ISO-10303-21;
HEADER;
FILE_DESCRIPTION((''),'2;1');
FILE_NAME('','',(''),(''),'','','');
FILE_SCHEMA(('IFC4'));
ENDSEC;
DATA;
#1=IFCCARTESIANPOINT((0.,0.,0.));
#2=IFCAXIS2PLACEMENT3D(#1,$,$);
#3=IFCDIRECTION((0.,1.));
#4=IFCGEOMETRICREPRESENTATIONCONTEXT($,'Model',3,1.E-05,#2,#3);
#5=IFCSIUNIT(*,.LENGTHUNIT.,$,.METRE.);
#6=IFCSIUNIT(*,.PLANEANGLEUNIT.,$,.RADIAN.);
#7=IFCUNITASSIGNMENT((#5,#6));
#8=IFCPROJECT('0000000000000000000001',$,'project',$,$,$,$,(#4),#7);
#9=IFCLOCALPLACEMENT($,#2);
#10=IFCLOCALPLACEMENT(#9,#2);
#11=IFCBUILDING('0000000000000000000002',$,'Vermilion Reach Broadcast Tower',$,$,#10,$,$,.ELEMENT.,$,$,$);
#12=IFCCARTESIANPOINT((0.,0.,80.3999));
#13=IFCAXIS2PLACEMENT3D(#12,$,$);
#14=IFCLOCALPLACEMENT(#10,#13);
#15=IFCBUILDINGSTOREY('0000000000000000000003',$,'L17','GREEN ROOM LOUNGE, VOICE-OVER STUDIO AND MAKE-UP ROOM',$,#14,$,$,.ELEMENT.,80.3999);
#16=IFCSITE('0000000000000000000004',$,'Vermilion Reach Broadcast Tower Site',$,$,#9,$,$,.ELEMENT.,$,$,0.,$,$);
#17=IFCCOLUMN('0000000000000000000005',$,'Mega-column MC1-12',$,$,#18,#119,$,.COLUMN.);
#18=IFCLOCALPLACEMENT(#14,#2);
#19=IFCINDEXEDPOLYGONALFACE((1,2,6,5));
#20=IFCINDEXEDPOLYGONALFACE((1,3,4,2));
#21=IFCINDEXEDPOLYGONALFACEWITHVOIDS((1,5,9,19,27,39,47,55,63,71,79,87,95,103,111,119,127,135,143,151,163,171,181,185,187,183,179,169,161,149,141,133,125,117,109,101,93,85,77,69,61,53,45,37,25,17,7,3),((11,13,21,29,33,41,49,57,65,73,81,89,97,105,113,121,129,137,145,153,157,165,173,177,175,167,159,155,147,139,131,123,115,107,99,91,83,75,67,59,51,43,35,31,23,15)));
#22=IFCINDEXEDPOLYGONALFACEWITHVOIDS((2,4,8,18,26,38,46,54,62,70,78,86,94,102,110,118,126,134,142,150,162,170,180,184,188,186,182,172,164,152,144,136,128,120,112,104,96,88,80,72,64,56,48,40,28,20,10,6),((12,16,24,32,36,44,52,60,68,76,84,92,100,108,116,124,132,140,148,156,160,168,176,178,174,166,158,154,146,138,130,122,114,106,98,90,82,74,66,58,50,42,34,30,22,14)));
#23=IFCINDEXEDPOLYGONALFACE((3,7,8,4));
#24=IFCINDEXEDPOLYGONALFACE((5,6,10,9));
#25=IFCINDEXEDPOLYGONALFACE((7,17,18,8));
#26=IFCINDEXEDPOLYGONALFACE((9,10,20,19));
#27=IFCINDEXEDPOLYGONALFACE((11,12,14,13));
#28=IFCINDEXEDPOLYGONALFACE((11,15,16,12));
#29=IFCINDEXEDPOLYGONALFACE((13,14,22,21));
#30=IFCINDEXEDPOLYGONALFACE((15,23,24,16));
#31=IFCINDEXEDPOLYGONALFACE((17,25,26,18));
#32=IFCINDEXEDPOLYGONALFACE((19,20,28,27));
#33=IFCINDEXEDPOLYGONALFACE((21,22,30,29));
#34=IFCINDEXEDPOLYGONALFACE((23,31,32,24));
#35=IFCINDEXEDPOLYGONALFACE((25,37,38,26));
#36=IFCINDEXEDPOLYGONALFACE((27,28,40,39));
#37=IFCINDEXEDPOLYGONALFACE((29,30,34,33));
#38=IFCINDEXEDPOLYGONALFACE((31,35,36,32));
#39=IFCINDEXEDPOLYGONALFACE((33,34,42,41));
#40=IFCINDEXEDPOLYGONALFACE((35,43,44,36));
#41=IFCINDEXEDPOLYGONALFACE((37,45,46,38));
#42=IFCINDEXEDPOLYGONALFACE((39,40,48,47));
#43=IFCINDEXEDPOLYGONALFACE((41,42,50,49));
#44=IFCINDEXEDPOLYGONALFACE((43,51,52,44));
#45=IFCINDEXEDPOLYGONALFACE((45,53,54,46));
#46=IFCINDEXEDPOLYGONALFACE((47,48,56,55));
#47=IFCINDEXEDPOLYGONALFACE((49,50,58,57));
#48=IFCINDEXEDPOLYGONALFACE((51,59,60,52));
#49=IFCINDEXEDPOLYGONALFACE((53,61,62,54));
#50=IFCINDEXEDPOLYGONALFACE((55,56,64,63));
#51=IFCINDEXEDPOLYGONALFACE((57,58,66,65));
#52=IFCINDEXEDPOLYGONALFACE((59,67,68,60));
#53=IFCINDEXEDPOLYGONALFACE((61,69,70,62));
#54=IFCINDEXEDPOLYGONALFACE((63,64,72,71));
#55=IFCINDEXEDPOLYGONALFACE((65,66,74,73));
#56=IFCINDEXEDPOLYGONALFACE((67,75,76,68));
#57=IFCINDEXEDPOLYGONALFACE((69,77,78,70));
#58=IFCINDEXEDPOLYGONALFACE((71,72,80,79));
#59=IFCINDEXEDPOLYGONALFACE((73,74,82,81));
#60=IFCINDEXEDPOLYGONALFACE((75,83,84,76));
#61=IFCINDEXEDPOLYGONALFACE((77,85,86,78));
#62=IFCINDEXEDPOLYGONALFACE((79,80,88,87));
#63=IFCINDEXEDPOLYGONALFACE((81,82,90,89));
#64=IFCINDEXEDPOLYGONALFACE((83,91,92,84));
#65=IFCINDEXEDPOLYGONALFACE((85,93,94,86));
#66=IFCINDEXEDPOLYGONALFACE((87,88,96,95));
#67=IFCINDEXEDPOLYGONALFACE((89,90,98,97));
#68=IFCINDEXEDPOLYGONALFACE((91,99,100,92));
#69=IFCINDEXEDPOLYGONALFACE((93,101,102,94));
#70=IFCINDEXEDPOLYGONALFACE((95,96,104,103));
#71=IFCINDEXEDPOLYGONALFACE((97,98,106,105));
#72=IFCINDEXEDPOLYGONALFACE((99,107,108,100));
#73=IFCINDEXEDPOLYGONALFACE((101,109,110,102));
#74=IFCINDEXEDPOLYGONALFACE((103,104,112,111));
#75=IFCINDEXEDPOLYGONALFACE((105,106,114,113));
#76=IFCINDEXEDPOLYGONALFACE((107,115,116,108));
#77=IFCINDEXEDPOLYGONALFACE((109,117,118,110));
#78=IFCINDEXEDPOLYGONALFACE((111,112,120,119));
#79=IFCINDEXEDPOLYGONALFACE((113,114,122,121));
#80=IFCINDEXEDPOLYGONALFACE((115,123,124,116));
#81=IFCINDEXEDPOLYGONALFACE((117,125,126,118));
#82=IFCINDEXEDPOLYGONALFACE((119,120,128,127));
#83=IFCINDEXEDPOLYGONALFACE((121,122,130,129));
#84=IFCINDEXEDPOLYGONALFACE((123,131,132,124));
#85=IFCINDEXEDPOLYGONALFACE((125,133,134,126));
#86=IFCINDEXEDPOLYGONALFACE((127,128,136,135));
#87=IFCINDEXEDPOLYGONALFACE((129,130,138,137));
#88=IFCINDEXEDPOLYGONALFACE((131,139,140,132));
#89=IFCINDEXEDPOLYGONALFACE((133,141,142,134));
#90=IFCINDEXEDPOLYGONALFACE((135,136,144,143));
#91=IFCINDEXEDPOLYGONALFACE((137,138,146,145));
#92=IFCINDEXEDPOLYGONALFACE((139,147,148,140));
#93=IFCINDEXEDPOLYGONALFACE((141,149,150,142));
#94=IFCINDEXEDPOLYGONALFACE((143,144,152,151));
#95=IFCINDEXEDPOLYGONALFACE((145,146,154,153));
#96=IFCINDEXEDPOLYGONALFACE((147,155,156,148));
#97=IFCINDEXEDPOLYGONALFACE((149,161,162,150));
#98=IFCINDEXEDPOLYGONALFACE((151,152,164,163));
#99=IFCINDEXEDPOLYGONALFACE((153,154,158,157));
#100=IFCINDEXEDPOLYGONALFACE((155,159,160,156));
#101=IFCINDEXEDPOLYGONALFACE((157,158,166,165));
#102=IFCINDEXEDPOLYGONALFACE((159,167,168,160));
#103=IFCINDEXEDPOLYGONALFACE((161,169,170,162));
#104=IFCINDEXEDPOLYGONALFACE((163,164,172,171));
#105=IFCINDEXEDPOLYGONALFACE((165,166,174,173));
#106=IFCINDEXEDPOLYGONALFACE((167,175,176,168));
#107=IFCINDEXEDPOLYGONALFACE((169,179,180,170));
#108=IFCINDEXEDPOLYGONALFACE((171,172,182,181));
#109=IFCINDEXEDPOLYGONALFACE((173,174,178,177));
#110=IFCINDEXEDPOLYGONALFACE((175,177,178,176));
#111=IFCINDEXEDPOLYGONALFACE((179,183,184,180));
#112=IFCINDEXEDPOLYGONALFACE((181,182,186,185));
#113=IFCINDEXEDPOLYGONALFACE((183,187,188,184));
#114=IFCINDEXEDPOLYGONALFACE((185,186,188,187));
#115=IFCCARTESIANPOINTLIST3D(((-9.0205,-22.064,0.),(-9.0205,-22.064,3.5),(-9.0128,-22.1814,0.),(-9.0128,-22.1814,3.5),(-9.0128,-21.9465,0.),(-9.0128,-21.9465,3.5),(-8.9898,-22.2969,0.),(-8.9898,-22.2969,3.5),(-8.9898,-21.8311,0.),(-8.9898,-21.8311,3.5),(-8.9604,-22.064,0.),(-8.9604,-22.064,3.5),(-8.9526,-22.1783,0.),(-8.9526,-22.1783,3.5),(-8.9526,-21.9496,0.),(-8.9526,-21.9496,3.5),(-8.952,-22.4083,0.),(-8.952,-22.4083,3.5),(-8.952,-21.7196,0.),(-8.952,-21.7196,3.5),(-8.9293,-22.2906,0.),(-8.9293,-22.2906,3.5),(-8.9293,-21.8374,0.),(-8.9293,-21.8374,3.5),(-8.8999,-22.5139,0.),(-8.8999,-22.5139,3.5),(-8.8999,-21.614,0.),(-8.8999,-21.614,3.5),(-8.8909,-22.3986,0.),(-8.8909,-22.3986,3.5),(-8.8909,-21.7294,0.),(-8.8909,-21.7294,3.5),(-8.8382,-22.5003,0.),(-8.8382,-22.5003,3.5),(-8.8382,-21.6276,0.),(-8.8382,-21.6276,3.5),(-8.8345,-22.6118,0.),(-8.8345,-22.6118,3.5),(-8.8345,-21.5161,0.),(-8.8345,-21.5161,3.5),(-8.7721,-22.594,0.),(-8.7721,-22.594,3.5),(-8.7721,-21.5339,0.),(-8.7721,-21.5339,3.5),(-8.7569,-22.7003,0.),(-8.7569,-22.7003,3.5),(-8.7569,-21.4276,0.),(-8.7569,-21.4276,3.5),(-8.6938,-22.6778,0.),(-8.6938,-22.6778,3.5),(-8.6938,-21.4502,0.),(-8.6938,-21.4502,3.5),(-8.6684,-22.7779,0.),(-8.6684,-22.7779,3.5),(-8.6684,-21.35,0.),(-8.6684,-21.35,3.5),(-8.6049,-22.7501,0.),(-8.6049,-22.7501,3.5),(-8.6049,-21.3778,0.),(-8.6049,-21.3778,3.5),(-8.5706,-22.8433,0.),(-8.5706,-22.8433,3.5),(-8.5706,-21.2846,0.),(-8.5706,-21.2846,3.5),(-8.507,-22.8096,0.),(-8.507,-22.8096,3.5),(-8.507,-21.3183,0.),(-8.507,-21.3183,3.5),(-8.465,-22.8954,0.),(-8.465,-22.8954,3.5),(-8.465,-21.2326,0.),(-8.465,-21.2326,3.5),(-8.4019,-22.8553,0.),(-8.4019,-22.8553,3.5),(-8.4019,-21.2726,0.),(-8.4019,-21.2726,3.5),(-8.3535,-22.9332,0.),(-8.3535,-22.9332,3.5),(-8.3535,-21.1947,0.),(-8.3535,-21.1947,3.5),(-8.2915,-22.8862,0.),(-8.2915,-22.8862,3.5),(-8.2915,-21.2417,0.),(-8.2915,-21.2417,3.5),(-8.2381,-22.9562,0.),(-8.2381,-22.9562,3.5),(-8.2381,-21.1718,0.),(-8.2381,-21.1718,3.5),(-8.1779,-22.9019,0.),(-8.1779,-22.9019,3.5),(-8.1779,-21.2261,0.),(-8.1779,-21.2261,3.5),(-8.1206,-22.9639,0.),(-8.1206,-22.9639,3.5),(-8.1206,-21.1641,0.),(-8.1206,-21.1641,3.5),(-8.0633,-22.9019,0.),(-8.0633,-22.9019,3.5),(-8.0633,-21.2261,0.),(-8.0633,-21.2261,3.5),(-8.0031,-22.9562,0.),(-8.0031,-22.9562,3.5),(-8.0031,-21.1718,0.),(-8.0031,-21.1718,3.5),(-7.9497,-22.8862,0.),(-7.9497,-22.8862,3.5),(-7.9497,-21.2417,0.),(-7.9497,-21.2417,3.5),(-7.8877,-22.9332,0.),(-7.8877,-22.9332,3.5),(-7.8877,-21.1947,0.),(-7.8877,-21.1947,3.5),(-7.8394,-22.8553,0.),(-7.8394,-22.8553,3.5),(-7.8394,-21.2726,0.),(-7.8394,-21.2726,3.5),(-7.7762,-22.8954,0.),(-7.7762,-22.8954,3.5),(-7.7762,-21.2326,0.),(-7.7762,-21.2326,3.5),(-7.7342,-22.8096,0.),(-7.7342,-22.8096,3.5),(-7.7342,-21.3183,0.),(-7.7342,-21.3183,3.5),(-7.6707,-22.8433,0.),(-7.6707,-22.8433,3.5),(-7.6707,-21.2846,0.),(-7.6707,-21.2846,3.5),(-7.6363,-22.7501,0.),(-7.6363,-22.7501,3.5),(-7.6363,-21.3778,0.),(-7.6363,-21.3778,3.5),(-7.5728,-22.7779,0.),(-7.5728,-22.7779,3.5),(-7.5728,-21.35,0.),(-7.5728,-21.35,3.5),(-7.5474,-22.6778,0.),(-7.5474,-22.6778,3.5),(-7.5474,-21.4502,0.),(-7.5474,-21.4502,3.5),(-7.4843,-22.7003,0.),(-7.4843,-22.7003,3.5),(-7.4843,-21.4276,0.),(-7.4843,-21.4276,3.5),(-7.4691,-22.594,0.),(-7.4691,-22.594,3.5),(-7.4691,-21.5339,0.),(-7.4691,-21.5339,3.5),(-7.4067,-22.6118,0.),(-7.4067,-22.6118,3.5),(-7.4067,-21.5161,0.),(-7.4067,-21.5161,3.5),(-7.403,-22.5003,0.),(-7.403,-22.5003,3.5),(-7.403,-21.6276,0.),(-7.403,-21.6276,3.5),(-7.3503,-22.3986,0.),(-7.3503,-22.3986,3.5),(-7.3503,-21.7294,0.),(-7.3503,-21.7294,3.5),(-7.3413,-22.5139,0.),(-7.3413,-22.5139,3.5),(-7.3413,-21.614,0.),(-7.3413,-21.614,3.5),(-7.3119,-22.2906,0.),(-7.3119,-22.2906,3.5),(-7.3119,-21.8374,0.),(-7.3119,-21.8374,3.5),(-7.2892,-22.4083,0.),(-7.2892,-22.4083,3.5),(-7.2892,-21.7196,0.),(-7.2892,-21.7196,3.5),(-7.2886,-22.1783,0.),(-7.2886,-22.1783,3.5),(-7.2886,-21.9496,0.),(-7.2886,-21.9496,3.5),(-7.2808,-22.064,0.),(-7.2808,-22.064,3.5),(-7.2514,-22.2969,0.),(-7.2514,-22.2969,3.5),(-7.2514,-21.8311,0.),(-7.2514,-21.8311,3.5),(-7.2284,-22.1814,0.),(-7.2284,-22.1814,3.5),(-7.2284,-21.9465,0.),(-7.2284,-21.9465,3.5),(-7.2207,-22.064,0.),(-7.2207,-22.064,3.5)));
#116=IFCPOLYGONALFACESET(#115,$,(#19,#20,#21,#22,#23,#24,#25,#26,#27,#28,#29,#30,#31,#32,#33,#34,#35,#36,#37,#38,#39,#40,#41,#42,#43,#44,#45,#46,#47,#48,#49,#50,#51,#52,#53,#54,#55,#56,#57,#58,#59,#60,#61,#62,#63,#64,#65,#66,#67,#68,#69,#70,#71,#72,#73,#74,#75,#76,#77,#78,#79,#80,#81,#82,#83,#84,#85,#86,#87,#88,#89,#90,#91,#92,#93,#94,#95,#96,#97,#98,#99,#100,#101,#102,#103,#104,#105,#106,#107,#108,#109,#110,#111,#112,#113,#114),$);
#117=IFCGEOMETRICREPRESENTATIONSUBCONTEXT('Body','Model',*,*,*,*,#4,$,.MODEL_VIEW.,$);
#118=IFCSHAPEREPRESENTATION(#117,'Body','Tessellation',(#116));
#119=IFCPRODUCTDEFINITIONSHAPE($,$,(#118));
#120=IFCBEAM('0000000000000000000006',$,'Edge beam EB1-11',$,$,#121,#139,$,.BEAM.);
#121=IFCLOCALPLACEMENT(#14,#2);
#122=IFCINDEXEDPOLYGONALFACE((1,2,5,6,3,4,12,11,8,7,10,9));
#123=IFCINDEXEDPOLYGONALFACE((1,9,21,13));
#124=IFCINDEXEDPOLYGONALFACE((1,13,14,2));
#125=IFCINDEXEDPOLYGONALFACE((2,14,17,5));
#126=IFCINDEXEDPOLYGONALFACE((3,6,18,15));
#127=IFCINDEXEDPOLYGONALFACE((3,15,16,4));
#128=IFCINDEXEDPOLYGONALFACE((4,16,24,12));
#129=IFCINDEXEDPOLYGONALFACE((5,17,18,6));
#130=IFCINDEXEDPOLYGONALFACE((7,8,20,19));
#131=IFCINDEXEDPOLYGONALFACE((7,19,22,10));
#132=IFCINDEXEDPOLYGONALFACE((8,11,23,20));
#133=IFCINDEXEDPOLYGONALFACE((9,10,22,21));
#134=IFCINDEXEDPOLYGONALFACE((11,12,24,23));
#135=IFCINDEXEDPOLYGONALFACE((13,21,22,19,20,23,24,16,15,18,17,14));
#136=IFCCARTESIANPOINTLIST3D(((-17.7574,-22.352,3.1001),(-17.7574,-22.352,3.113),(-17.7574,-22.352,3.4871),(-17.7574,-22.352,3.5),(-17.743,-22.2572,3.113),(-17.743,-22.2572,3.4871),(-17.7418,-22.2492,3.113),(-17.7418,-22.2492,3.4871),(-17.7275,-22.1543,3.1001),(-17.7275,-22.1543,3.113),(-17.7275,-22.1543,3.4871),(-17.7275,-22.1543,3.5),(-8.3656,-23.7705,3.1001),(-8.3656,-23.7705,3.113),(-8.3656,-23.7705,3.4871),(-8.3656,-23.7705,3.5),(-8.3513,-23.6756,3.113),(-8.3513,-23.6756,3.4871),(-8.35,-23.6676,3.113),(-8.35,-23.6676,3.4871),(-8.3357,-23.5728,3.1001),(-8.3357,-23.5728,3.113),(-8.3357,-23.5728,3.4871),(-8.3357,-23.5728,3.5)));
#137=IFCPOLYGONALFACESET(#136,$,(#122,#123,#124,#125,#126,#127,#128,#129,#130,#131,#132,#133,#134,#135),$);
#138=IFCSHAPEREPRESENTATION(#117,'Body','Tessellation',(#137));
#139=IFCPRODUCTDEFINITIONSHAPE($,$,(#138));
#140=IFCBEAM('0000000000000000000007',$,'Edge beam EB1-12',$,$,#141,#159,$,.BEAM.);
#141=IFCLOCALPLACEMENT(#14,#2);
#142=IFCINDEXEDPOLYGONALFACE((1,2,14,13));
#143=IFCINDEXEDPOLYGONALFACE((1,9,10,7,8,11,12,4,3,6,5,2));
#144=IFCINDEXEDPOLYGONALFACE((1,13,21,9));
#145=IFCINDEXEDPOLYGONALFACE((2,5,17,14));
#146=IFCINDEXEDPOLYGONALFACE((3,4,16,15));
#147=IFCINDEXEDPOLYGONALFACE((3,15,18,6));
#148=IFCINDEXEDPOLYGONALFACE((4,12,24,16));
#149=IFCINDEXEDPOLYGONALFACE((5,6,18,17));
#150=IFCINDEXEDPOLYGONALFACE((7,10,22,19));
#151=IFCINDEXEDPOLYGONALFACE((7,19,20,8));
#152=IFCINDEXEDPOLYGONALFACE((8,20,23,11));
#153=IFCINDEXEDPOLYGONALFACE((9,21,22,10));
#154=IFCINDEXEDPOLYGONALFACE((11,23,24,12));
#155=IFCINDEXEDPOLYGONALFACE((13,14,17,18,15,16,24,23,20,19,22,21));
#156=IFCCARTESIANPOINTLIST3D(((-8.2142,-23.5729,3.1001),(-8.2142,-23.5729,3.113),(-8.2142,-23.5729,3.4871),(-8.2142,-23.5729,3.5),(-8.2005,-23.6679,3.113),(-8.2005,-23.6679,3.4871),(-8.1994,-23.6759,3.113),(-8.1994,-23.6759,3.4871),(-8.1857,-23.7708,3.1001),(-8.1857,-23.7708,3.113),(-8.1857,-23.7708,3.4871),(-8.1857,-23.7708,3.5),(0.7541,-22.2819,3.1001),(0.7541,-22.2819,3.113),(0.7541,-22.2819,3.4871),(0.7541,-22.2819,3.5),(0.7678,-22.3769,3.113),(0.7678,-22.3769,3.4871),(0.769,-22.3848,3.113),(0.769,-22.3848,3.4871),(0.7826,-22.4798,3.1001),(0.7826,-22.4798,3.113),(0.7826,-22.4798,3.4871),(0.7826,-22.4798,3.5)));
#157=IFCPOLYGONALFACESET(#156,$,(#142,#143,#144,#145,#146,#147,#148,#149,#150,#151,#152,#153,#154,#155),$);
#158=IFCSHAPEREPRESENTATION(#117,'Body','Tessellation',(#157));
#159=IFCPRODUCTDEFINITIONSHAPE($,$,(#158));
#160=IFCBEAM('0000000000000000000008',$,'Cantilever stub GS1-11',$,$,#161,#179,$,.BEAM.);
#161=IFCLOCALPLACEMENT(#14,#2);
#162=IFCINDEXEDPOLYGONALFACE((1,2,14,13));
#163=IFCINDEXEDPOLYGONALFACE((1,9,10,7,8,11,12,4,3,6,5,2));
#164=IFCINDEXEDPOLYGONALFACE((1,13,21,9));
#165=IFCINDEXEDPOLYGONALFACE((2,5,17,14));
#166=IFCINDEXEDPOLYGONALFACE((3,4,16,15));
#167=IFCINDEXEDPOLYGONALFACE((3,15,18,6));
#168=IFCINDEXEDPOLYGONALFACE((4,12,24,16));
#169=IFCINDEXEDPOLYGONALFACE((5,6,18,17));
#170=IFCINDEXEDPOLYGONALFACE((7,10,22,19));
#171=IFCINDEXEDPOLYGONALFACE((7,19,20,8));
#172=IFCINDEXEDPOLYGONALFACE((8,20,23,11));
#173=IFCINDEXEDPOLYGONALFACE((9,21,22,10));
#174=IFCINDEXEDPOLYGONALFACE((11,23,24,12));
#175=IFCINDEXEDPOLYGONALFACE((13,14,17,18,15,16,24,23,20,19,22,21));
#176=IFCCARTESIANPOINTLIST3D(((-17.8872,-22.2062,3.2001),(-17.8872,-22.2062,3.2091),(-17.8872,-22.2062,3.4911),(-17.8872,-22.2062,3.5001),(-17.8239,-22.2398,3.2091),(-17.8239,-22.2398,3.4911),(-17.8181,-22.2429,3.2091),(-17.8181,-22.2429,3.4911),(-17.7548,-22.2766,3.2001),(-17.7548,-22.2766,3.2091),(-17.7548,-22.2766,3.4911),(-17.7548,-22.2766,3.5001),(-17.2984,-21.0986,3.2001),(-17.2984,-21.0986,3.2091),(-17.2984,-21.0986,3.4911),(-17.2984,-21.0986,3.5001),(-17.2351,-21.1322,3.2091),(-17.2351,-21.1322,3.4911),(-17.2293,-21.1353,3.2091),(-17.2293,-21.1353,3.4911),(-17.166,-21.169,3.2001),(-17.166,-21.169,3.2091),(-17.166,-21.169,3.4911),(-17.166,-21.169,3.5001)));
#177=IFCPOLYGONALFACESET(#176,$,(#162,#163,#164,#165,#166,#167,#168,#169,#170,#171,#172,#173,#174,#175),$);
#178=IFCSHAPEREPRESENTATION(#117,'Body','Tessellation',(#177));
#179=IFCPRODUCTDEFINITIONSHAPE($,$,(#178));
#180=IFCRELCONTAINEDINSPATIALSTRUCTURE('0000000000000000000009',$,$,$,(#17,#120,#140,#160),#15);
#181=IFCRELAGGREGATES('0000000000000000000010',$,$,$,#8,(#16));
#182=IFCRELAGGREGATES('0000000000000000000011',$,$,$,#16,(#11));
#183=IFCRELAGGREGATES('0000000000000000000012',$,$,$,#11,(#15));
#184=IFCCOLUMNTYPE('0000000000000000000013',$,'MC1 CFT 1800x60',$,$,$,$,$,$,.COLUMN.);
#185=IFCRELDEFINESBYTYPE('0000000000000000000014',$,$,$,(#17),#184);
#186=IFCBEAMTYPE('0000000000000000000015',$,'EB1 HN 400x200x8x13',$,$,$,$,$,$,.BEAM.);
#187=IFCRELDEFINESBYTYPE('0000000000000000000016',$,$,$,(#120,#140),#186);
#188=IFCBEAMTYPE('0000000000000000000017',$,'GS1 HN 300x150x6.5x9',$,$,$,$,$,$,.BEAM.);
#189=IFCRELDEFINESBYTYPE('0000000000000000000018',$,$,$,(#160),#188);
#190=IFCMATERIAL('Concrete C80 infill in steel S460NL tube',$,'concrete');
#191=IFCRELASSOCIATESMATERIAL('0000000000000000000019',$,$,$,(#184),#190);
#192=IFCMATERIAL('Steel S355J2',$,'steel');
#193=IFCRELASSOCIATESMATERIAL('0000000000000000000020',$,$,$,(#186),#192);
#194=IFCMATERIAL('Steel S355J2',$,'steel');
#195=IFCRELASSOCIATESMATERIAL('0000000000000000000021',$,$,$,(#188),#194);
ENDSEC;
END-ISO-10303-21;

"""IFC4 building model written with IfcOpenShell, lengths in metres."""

from ifc_helpers import new_model, si_unit, direction, frame, origin, origin_2d, place, context, subcontext, project, spatial, hollow_circle, i_section, extrude, material, material_profile, profile_set, type_object, element, save


model = new_model("IFC4")

# Units and contexts
model_context = context("Model", 3, precision=1e-05, world=origin(), true_north=direction((0.0, 1.0)))
body_context = subcontext(model_context, "Body", "Model", "MODEL_VIEW")
ifc_project = project(units=[si_unit("LENGTHUNIT", "METRE"), si_unit("PLANEANGLEUNIT", "RADIAN")], contexts=[model_context])

# Site, building, storey
site_placement = place(None, origin())
site = spatial("IfcSite", under=ifc_project, at=site_placement, Name="Vermilion Reach Broadcast Tower Site", CompositionType="ELEMENT", RefElevation=0.0)
building_placement = place(site_placement, origin())
building = spatial("IfcBuilding", under=site, at=building_placement, Name="Vermilion Reach Broadcast Tower", CompositionType="ELEMENT")
storey_placement = place(building_placement, frame((0.0, 0.0, 80.3999)))
storey = spatial("IfcBuildingStorey", under=building, at=storey_placement, Name="L17", Description="GREEN ROOM LOUNGE, VOICE-OVER STUDIO AND MAKE-UP ROOM", CompositionType="ELEMENT", Elevation=80.3999)

# Column
ifc_material_1 = material(Name="Concrete C80 infill in steel S460NL tube", Category="concrete")
ifc_material_profile_1 = material_profile(ifc_material_1, hollow_circle(Radius=0.8999, WallThickness=0.0601, at=origin_2d()), Name="Concrete C80 infill in steel S460NL tube CFT 1800x60")
ifc_profile_set_1 = profile_set([ifc_material_profile_1], Name="Concrete C80 infill in steel S460NL tube")
column_type = type_object("IfcColumnType", Name="MC1 CFT 1800x60", PredefinedType="COLUMN", material=ifc_profile_set_1)
for number, where, z_axis, x_axis, name in (
    (1, (-8.1206, -22.064, 0.0), (0.0, 0.0, 1.0), (1.0, 0.0, 0.0), "Mega-column MC1-12"),
):
    element("IfcColumn", number, at=place(storey_placement, frame(where, z_axis=z_axis, x_axis=x_axis)), inside=storey, type_object=column_type, Name=name, PredefinedType="COLUMN", context=body_context, shape_type="SweptSolid", body=[
        extrude(hollow_circle(Radius=0.8999, WallThickness=0.0601, at=origin_2d()), origin(), (0.0, 0.0, 1.0), 3.5),
    ])

# Beams
ifc_material_2 = material(Name="Steel S355J2", Category="steel")
ifc_material_profile_2 = material_profile(ifc_material_2, i_section(OverallWidth=0.2, OverallDepth=0.3999, WebThickness=0.0081, FlangeThickness=0.0129, at=origin_2d()), Name="S355J2 HN 400x200x8x13")
ifc_profile_set_2 = profile_set([ifc_material_profile_2], Name="Steel S355J2")
beam_type_1 = type_object("IfcBeamType", Name="EB1 HN 400x200x8x13", PredefinedType="BEAM", material=ifc_profile_set_2)
beam_1_placement = place(storey_placement, frame((-17.7424, -22.2532, 3.3), z_axis=(0.988786, -0.149337, 0.0), x_axis=(0.149337, 0.988786, 0.0)))
element("IfcBeam", 2, at=beam_1_placement, inside=storey, type_object=beam_type_1, Name="Edge beam EB1-11", PredefinedType="BEAM", context=body_context, shape_type="SweptSolid", body=[
    extrude(i_section(OverallWidth=0.2, OverallDepth=0.3999, WebThickness=0.0081, FlangeThickness=0.0129, at=origin_2d()), origin(), (0.0, 0.0, 1.0), 9.4983),
])
beam_2_placement = place(storey_placement, frame((-8.2, -23.6719, 3.3), z_axis=(0.989797, 0.142485, 0.0), x_axis=(-0.142485, 0.989797, 0.0)))
element("IfcBeam", 3, at=beam_2_placement, inside=storey, type_object=beam_type_1, Name="Edge beam EB1-12", PredefinedType="BEAM", context=body_context, shape_type="SweptSolid", body=[
    extrude(i_section(OverallWidth=0.2, OverallDepth=0.3999, WebThickness=0.0081, FlangeThickness=0.0129, at=origin_2d()), origin(), (0.0, 0.0, 1.0), 9.0608),
])
ifc_material_3 = material(Name="Steel S355J2", Category="steel")
ifc_material_profile_3 = material_profile(ifc_material_3, i_section(OverallWidth=0.1499, OverallDepth=0.3, WebThickness=0.0066, FlangeThickness=0.009, at=origin_2d()), Name="S355J2 HN 300x150x6.5x9")
ifc_profile_set_3 = profile_set([ifc_material_profile_3], Name="Steel S355J2")
beam_type_2 = type_object("IfcBeamType", Name="GS1 HN 300x150x6.5x9", PredefinedType="BEAM", material=ifc_profile_set_3)
beam_3_placement = place(storey_placement, frame((-17.2322, -21.1338, 3.3501), z_axis=(-0.469416, -0.882977, 0.0), x_axis=(0.882977, -0.469416, 0.0)))
element("IfcBeam", 4, at=beam_3_placement, inside=storey, type_object=beam_type_2, Name="Cantilever stub GS1-11", PredefinedType="BEAM", context=body_context, shape_type="SweptSolid", body=[
    extrude(i_section(OverallWidth=0.1499, OverallDepth=0.3, WebThickness=0.0066, FlangeThickness=0.009, at=origin_2d()), origin(), (0.0, 0.0, 1.0), 1.2544),
])

save(model, "model.ifc")
